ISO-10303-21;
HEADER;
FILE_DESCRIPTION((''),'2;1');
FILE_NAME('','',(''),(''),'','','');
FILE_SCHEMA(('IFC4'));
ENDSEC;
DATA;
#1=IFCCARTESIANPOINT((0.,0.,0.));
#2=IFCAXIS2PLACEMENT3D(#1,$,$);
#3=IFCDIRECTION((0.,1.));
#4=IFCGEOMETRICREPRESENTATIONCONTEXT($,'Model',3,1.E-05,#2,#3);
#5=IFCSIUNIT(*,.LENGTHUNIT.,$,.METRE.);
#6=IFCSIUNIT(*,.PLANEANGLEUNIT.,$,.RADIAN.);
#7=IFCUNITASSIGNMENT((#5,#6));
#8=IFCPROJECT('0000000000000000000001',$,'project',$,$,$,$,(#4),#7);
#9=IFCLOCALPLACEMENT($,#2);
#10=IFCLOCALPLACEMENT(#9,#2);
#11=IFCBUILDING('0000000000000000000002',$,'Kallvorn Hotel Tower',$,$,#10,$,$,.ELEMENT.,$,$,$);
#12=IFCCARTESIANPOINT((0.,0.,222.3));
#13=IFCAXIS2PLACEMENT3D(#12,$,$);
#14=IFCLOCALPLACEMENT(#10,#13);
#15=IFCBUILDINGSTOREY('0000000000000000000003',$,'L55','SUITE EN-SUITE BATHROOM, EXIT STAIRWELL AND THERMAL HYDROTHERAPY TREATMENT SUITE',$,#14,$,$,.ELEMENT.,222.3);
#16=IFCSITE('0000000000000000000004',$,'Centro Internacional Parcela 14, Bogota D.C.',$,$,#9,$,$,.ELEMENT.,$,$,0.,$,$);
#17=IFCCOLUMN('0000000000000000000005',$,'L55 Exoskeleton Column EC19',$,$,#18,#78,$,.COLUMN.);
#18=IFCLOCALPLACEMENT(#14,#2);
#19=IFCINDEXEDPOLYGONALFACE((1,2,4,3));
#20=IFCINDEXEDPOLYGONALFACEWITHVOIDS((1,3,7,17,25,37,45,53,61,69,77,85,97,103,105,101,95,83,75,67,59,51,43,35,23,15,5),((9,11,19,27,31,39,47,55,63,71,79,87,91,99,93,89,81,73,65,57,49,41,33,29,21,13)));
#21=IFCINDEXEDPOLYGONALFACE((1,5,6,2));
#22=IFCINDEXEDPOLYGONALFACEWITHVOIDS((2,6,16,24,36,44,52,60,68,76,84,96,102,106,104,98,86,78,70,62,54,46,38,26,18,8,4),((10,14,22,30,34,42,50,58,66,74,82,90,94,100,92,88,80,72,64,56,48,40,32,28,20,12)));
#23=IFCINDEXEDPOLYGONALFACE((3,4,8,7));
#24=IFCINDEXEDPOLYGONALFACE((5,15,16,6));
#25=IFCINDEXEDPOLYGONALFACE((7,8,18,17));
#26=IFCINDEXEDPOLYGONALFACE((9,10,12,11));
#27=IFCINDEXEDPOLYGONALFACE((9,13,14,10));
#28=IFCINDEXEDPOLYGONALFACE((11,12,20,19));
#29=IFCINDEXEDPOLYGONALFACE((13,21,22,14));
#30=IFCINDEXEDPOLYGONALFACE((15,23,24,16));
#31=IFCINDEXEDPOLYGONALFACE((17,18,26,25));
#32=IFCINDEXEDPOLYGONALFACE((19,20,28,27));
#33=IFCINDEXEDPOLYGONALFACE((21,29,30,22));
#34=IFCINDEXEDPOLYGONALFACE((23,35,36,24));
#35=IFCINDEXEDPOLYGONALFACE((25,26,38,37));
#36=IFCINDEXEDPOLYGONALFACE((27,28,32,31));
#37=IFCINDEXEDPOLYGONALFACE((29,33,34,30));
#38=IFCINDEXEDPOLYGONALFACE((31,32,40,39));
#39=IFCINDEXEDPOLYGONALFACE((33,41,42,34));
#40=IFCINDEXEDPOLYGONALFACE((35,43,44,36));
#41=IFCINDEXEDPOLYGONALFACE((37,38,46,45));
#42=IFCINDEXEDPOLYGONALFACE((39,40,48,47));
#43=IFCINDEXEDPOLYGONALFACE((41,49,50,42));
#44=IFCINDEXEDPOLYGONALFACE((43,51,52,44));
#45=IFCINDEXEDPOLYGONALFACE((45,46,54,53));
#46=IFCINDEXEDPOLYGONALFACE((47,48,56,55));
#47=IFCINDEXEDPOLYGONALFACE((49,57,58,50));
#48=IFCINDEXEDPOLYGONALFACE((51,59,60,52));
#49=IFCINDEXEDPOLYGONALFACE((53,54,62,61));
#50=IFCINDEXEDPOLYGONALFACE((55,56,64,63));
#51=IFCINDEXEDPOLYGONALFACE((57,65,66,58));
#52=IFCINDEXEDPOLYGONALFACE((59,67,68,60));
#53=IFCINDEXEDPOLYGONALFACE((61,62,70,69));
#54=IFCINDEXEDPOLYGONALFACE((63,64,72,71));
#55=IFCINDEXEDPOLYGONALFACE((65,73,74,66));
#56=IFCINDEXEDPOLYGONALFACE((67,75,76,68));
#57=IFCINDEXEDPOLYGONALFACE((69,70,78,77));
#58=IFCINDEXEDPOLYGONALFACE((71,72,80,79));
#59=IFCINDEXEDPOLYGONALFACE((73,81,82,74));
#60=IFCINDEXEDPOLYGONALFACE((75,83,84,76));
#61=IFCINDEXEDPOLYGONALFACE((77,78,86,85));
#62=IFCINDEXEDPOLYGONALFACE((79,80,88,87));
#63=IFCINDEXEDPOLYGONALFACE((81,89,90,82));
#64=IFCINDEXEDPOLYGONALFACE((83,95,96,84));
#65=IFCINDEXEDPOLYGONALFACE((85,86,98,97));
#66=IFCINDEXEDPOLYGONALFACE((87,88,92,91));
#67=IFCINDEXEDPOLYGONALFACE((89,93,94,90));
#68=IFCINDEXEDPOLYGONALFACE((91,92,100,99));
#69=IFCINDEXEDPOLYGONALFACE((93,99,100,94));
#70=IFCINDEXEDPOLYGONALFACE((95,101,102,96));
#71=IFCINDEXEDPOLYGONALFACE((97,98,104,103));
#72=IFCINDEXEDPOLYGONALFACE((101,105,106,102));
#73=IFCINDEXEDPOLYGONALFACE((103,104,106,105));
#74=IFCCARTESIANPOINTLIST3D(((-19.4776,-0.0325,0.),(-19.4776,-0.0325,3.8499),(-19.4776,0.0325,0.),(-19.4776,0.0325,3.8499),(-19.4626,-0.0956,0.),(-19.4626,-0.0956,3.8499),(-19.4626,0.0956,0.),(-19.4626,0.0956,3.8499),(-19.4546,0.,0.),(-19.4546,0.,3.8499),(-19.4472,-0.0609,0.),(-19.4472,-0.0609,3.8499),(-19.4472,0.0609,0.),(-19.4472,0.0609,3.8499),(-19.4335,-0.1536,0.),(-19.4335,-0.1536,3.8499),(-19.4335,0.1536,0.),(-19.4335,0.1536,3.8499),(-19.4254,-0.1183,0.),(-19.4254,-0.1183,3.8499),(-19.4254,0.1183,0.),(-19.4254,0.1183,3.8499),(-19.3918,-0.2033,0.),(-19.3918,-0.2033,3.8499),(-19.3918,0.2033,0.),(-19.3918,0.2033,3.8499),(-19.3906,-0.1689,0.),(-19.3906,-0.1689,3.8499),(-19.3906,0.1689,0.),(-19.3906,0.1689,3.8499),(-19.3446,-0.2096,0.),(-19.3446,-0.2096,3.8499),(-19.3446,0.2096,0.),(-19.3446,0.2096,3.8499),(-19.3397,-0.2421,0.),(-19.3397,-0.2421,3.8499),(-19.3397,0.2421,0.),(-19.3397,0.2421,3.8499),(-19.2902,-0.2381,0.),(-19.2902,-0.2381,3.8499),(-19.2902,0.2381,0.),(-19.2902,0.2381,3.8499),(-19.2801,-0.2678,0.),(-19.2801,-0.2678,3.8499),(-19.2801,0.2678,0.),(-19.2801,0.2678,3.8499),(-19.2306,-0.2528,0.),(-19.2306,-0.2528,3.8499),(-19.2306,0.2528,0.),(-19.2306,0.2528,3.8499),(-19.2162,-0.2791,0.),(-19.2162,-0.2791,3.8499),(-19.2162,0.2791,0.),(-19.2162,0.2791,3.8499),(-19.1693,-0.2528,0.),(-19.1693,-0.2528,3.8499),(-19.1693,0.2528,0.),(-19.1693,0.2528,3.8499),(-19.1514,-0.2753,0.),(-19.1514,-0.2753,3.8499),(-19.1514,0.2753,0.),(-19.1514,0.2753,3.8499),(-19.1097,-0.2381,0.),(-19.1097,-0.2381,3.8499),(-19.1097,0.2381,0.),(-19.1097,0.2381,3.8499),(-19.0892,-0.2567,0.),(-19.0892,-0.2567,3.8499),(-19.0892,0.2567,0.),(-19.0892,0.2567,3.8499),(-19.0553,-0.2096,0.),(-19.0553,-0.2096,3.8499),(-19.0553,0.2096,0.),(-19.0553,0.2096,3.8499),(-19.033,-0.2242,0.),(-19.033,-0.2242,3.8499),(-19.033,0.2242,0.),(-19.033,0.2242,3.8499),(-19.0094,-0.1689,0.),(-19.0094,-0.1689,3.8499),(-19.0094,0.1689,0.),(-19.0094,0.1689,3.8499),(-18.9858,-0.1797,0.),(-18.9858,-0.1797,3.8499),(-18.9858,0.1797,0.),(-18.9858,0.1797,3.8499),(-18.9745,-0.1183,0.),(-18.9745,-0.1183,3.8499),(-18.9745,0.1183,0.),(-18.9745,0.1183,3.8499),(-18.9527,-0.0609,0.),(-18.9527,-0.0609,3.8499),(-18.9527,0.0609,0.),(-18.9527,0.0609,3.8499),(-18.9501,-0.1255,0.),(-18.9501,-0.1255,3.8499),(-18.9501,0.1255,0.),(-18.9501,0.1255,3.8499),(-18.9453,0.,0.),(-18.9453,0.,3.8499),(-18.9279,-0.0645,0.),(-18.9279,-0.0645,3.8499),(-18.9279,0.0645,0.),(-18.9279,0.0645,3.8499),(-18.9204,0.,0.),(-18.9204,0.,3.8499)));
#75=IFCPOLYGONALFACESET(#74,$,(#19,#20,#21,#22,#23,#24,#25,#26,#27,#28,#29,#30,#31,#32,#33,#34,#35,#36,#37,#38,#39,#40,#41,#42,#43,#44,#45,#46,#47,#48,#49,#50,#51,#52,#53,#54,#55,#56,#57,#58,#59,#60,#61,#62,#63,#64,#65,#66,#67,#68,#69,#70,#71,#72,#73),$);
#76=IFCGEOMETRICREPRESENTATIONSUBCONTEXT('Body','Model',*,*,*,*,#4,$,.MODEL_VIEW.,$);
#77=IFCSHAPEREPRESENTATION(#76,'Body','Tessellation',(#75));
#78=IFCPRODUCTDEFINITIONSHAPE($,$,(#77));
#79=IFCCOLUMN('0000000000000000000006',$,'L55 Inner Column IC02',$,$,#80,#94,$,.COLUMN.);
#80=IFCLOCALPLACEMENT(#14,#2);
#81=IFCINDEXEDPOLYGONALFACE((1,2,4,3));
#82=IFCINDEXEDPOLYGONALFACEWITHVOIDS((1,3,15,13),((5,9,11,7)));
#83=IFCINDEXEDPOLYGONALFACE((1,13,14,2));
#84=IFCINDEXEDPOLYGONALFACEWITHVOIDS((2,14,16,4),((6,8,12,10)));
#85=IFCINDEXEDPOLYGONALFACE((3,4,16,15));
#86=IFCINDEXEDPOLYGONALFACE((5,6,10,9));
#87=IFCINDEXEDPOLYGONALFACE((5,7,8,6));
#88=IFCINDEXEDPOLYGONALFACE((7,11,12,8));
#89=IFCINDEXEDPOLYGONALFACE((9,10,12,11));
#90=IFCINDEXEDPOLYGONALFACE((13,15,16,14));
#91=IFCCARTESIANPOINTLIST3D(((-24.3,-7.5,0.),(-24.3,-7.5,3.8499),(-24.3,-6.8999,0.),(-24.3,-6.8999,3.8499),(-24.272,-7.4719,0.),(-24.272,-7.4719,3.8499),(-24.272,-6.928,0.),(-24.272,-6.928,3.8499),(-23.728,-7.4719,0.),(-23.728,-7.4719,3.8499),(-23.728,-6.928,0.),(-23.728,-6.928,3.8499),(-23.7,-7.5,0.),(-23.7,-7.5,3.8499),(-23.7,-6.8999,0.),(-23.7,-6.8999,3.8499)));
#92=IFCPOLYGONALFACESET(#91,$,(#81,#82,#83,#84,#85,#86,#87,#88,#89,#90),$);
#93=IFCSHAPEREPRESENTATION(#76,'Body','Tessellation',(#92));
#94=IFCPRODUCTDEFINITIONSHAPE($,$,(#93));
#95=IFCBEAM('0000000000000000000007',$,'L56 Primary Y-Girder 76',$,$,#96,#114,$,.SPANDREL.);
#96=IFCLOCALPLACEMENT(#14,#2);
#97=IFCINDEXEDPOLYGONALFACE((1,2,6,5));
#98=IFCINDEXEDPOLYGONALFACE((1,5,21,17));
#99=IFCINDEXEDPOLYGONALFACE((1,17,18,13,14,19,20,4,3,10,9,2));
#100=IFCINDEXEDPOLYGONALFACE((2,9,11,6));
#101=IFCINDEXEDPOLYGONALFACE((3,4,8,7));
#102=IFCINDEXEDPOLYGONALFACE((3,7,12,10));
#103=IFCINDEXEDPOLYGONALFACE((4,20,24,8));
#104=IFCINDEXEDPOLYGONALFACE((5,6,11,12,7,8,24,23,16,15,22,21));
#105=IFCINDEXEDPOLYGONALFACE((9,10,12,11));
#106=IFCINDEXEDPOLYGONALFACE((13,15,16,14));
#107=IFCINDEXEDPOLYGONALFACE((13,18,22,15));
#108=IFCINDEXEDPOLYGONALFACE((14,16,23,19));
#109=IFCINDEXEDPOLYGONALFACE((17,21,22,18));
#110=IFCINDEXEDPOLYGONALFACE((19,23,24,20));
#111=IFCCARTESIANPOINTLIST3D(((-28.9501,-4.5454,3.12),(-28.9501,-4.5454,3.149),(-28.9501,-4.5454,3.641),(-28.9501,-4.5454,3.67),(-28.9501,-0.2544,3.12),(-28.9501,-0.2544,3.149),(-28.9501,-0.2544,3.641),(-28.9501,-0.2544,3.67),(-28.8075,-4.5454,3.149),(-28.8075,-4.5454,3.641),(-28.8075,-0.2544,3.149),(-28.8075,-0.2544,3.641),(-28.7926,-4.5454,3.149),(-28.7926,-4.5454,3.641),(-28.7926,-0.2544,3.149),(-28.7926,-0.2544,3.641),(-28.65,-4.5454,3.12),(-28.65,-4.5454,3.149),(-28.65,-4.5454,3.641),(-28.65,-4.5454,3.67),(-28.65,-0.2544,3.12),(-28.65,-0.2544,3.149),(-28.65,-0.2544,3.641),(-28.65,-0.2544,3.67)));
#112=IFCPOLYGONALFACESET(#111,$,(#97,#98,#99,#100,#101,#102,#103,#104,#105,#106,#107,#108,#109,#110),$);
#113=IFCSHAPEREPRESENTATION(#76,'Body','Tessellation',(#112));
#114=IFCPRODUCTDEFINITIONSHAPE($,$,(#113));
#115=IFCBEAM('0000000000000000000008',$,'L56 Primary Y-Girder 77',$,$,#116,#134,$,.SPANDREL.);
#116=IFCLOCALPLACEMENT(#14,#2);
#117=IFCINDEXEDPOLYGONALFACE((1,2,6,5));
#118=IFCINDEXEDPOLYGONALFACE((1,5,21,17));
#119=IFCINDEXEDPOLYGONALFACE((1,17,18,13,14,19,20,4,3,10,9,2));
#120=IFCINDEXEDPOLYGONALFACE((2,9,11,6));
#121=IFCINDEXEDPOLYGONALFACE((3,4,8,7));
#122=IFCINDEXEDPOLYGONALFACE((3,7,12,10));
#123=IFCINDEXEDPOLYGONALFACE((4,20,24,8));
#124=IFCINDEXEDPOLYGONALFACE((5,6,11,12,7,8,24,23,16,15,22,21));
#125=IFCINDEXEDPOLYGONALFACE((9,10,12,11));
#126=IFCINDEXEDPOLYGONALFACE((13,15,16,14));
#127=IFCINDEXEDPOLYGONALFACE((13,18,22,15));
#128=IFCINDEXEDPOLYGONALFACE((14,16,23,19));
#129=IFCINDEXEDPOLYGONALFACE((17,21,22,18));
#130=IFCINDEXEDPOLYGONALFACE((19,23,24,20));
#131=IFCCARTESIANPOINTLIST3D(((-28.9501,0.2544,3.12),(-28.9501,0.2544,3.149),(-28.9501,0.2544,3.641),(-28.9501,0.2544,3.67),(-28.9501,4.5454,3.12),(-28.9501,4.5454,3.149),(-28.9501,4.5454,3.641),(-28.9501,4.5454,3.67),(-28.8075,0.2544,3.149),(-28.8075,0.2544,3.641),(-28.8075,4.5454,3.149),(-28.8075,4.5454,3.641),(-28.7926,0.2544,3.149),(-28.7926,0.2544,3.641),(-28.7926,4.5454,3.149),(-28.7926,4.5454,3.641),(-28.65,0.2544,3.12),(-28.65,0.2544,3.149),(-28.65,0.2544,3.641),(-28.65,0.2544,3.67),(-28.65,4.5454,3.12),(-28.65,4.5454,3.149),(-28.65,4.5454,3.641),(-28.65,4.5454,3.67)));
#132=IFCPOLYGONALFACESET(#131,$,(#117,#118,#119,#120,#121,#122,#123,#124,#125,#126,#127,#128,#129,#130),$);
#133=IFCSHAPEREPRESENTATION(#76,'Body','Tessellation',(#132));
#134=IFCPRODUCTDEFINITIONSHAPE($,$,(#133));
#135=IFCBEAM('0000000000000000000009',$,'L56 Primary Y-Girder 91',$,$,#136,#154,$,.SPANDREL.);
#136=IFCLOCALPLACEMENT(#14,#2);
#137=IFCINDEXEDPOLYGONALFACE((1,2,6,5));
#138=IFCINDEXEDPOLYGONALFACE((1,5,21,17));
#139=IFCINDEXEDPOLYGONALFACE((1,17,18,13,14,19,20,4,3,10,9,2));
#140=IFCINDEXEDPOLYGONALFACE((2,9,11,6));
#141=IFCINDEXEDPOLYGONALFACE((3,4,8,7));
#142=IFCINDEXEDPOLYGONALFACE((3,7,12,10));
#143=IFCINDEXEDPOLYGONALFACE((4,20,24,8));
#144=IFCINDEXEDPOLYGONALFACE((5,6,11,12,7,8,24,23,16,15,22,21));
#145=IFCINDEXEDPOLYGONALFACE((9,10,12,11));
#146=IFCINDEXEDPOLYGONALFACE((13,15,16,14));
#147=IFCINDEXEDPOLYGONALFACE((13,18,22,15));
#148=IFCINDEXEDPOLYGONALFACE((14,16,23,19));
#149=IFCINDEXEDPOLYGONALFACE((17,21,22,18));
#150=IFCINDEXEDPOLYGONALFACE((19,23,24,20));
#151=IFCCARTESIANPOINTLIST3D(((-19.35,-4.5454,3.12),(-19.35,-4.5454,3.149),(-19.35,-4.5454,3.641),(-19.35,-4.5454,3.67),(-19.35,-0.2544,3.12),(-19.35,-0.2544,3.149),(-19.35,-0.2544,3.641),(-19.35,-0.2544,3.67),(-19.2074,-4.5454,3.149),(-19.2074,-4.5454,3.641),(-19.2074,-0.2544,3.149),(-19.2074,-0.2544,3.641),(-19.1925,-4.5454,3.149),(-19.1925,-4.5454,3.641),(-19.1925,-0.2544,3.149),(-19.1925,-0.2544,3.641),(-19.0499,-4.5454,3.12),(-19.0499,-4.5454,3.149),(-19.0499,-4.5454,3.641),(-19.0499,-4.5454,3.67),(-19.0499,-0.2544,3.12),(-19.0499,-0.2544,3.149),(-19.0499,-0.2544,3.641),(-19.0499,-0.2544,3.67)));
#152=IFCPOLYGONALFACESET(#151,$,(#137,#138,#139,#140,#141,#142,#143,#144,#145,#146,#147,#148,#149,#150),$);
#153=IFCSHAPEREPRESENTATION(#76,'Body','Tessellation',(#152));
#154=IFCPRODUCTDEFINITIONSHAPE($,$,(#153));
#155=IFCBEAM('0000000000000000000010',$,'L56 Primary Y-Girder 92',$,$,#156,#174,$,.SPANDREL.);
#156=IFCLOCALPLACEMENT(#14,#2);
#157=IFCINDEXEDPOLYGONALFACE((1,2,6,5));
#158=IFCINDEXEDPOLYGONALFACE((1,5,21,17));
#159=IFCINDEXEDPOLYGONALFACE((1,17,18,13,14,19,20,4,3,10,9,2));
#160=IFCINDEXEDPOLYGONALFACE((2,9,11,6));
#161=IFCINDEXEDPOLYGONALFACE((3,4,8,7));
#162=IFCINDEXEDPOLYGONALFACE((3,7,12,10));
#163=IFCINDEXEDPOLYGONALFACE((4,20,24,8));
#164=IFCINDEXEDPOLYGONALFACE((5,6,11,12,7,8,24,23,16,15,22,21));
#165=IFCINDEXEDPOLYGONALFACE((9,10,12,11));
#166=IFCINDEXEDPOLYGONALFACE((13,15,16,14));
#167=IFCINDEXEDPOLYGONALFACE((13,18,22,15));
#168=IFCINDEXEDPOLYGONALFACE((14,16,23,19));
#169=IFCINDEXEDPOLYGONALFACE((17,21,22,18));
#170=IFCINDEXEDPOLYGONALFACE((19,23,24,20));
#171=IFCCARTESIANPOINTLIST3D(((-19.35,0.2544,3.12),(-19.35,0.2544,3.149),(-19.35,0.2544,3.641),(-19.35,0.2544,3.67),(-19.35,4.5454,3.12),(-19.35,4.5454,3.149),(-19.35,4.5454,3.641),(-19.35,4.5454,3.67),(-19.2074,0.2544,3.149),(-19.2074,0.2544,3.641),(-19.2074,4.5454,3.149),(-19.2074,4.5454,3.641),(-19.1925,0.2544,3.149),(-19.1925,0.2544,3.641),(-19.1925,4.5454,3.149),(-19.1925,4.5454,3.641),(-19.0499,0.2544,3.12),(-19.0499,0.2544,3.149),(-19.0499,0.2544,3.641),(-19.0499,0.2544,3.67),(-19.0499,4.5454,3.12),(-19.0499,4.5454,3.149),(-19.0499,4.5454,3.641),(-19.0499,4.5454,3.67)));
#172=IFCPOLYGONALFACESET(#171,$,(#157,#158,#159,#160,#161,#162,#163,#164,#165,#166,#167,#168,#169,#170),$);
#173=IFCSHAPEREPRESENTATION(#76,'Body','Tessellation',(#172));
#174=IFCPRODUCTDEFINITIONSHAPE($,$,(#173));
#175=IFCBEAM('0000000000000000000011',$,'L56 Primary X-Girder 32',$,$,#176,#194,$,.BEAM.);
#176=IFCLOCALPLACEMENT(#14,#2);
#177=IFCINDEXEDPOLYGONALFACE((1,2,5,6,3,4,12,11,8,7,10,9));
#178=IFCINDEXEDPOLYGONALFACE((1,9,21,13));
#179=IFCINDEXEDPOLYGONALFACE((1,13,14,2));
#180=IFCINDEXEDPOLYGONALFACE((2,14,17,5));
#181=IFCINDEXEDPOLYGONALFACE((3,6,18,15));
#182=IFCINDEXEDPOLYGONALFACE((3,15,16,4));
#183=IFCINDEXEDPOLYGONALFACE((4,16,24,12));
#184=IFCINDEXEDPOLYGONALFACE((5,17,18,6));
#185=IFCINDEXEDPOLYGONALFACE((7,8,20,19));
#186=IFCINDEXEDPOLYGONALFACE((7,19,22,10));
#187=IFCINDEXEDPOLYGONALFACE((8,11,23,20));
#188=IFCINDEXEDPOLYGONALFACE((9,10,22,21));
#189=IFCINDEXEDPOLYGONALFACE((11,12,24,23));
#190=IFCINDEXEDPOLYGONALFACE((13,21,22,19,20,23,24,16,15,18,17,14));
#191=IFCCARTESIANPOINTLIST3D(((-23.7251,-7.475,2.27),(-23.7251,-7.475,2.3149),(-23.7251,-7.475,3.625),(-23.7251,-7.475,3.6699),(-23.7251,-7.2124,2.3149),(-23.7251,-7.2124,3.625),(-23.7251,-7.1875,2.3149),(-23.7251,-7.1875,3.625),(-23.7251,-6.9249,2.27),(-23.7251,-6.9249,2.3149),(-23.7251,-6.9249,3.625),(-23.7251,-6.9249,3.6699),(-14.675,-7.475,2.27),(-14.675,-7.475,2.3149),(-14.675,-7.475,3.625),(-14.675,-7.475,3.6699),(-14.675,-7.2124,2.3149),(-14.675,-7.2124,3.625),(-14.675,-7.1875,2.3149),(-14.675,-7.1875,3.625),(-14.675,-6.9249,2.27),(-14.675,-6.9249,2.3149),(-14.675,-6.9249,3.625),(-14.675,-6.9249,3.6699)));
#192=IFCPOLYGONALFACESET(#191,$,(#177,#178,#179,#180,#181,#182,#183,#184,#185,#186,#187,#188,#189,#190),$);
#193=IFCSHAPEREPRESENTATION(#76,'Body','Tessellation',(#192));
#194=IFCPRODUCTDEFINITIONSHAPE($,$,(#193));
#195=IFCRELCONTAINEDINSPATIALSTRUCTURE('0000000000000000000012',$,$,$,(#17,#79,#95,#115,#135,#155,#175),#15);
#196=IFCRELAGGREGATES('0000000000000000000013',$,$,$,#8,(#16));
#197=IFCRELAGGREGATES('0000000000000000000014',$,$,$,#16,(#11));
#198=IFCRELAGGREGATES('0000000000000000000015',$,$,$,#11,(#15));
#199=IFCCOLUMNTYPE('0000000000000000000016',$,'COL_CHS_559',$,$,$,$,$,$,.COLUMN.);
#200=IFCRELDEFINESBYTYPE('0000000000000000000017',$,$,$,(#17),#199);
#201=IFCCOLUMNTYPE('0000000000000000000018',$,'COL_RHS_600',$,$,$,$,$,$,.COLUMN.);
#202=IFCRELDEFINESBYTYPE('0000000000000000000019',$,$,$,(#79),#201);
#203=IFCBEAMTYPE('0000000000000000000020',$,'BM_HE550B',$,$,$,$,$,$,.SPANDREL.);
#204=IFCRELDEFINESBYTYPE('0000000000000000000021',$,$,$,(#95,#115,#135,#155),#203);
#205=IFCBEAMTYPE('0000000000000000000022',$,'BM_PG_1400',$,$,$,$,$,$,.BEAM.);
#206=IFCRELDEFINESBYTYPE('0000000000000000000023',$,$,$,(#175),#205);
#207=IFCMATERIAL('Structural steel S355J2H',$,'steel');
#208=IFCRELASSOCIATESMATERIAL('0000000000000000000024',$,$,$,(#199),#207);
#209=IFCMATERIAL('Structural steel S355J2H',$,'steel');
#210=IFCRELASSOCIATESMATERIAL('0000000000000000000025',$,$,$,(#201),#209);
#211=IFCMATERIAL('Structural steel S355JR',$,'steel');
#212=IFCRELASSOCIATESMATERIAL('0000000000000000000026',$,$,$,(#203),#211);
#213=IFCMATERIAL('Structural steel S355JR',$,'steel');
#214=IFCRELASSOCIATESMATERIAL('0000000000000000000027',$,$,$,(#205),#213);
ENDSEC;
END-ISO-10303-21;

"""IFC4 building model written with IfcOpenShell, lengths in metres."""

from ifc_helpers import new_model, si_unit, direction, frame, origin, origin_2d, place, context, subcontext, project, spatial, hollow_rectangle, hollow_circle, i_section, extrude, material, material_profile, profile_set, type_object, element, save


model = new_model("IFC4")

# Units and contexts
model_context = context("Model", 3, precision=1e-05, world=origin(), true_north=direction((0.0, 1.0)))
body_context = subcontext(model_context, "Body", "Model", "MODEL_VIEW")
ifc_project = project(units=[si_unit("LENGTHUNIT", "METRE"), si_unit("PLANEANGLEUNIT", "RADIAN")], contexts=[model_context])

# Site, building, storey
site_placement = place(None, origin())
site = spatial("IfcSite", under=ifc_project, at=site_placement, Name="Centro Internacional Parcela 14, Bogota D.C.", CompositionType="ELEMENT", RefElevation=0.0)
building_placement = place(site_placement, origin())
building = spatial("IfcBuilding", under=site, at=building_placement, Name="Kallvorn Hotel Tower", CompositionType="ELEMENT")
storey_placement = place(building_placement, frame((0.0, 0.0, 222.3)))
storey = spatial("IfcBuildingStorey", under=building, at=storey_placement, Name="L55", Description="SUITE EN-SUITE BATHROOM, EXIT STAIRWELL AND THERMAL HYDROTHERAPY TREATMENT SUITE", CompositionType="ELEMENT", Elevation=222.3)

# Columns
ifc_material_1 = material(Name="Structural steel S355J2H", Category="steel")
ifc_material_profile_1 = material_profile(ifc_material_1, hollow_circle(Radius=0.2795, WallThickness=0.0249, at=origin_2d()), Name="CHS 559x25")
ifc_profile_set_1 = profile_set([ifc_material_profile_1], Name="Structural steel S355J2H")
column_type_1 = type_object("IfcColumnType", Name="COL_CHS_559", PredefinedType="COLUMN", material=ifc_profile_set_1)
for number, where, z_axis, x_axis, name in (
    (1, (-19.2, 0.0, 0.0), (0.0, 0.0, 1.0), (1.0, 0.0, 0.0), "L55 Exoskeleton Column EC19"),
):
    element("IfcColumn", number, at=place(storey_placement, frame(where, z_axis=z_axis, x_axis=x_axis)), inside=storey, type_object=column_type_1, Name=name, PredefinedType="COLUMN", context=body_context, shape_type="SweptSolid", body=[
        extrude(hollow_circle(Radius=0.2795, WallThickness=0.0249, at=origin_2d()), origin(), (0.0, 0.0, 1.0), 3.8499),
    ])
ifc_material_2 = material(Name="Structural steel S355J2H", Category="steel")
ifc_material_profile_2 = material_profile(ifc_material_2, hollow_rectangle(XDim=0.6001, YDim=0.6001, WallThickness=0.0281, at=origin_2d()), Name="RHS 600x600x28")
ifc_profile_set_2 = profile_set([ifc_material_profile_2], Name="Structural steel S355J2H")
column_type_2 = type_object("IfcColumnType", Name="COL_RHS_600", PredefinedType="COLUMN", material=ifc_profile_set_2)
column_placement = place(storey_placement, frame((-24.0, -7.2, 0.0), z_axis=(0.0, 0.0, 1.0), x_axis=(1.0, 0.0, 0.0)))
element("IfcColumn", 2, at=column_placement, inside=storey, type_object=column_type_2, Name="L55 Inner Column IC02", PredefinedType="COLUMN", context=body_context, shape_type="SweptSolid", body=[
    extrude(hollow_rectangle(XDim=0.6001, YDim=0.6001, WallThickness=0.0281, at=origin_2d()), origin(), (0.0, 0.0, 1.0), 3.8499),
])

# Beams
ifc_material_3 = material(Name="Structural steel S355JR", Category="steel")
ifc_material_profile_3 = material_profile(ifc_material_3, i_section(OverallWidth=0.3, OverallDepth=0.55, WebThickness=0.0149, FlangeThickness=0.0291, at=origin_2d()), Name="HE 550 B")
ifc_profile_set_3 = profile_set([ifc_material_profile_3], Name="Structural steel S355JR")
beam_type_1 = type_object("IfcBeamType", Name="BM_HE550B", PredefinedType="SPANDREL", material=ifc_profile_set_3)
for number, where, z_axis, x_axis, name in (
    (3, (-28.8, -4.5454, 3.395), (0.0, 1.0, 0.0), (-1.0, 0.0, 0.0), "L56 Primary Y-Girder 76"),
    (4, (-28.8, 0.2544, 3.395), (0.0, 1.0, 0.0), (-1.0, 0.0, 0.0), "L56 Primary Y-Girder 77"),
    (5, (-19.2, -4.5454, 3.395), (0.0, 1.0, 0.0), (-1.0, 0.0, 0.0), "L56 Primary Y-Girder 91"),
    (6, (-19.2, 0.2544, 3.395), (0.0, 1.0, 0.0), (-1.0, 0.0, 0.0), "L56 Primary Y-Girder 92"),
):
    element("IfcBeam", number, at=place(storey_placement, frame(where, z_axis=z_axis, x_axis=x_axis)), inside=storey, type_object=beam_type_1, Name=name, PredefinedType="SPANDREL", context=body_context, shape_type="SweptSolid", body=[
        extrude(i_section(OverallWidth=0.3, OverallDepth=0.55, WebThickness=0.0149, FlangeThickness=0.0291, at=origin_2d()), origin(), (0.0, 0.0, 1.0), 4.291),
    ])
ifc_material_4 = material(Name="Structural steel S355JR", Category="steel")
ifc_material_profile_4 = material_profile(ifc_material_4, i_section(OverallWidth=0.55, OverallDepth=1.3999, WebThickness=0.0249, FlangeThickness=0.0449, at=origin_2d()), Name="PG 1400x550x25x45")
ifc_profile_set_4 = profile_set([ifc_material_profile_4], Name="Structural steel S355JR")
beam_type_2 = type_object("IfcBeamType", Name="BM_PG_1400", PredefinedType="BEAM", material=ifc_profile_set_4)
beam_placement = place(storey_placement, frame((-23.7251, -7.2, 2.97), z_axis=(1.0, 0.0, 0.0), x_axis=(0.0, 1.0, 0.0)))
element("IfcBeam", 7, at=beam_placement, inside=storey, type_object=beam_type_2, Name="L56 Primary X-Girder 32", PredefinedType="BEAM", context=body_context, shape_type="SweptSolid", body=[
    extrude(i_section(OverallWidth=0.55, OverallDepth=1.3999, WebThickness=0.0249, FlangeThickness=0.0449, at=origin_2d()), origin(), (0.0, 0.0, 1.0), 9.05),
])

save(model, "model.ifc")
